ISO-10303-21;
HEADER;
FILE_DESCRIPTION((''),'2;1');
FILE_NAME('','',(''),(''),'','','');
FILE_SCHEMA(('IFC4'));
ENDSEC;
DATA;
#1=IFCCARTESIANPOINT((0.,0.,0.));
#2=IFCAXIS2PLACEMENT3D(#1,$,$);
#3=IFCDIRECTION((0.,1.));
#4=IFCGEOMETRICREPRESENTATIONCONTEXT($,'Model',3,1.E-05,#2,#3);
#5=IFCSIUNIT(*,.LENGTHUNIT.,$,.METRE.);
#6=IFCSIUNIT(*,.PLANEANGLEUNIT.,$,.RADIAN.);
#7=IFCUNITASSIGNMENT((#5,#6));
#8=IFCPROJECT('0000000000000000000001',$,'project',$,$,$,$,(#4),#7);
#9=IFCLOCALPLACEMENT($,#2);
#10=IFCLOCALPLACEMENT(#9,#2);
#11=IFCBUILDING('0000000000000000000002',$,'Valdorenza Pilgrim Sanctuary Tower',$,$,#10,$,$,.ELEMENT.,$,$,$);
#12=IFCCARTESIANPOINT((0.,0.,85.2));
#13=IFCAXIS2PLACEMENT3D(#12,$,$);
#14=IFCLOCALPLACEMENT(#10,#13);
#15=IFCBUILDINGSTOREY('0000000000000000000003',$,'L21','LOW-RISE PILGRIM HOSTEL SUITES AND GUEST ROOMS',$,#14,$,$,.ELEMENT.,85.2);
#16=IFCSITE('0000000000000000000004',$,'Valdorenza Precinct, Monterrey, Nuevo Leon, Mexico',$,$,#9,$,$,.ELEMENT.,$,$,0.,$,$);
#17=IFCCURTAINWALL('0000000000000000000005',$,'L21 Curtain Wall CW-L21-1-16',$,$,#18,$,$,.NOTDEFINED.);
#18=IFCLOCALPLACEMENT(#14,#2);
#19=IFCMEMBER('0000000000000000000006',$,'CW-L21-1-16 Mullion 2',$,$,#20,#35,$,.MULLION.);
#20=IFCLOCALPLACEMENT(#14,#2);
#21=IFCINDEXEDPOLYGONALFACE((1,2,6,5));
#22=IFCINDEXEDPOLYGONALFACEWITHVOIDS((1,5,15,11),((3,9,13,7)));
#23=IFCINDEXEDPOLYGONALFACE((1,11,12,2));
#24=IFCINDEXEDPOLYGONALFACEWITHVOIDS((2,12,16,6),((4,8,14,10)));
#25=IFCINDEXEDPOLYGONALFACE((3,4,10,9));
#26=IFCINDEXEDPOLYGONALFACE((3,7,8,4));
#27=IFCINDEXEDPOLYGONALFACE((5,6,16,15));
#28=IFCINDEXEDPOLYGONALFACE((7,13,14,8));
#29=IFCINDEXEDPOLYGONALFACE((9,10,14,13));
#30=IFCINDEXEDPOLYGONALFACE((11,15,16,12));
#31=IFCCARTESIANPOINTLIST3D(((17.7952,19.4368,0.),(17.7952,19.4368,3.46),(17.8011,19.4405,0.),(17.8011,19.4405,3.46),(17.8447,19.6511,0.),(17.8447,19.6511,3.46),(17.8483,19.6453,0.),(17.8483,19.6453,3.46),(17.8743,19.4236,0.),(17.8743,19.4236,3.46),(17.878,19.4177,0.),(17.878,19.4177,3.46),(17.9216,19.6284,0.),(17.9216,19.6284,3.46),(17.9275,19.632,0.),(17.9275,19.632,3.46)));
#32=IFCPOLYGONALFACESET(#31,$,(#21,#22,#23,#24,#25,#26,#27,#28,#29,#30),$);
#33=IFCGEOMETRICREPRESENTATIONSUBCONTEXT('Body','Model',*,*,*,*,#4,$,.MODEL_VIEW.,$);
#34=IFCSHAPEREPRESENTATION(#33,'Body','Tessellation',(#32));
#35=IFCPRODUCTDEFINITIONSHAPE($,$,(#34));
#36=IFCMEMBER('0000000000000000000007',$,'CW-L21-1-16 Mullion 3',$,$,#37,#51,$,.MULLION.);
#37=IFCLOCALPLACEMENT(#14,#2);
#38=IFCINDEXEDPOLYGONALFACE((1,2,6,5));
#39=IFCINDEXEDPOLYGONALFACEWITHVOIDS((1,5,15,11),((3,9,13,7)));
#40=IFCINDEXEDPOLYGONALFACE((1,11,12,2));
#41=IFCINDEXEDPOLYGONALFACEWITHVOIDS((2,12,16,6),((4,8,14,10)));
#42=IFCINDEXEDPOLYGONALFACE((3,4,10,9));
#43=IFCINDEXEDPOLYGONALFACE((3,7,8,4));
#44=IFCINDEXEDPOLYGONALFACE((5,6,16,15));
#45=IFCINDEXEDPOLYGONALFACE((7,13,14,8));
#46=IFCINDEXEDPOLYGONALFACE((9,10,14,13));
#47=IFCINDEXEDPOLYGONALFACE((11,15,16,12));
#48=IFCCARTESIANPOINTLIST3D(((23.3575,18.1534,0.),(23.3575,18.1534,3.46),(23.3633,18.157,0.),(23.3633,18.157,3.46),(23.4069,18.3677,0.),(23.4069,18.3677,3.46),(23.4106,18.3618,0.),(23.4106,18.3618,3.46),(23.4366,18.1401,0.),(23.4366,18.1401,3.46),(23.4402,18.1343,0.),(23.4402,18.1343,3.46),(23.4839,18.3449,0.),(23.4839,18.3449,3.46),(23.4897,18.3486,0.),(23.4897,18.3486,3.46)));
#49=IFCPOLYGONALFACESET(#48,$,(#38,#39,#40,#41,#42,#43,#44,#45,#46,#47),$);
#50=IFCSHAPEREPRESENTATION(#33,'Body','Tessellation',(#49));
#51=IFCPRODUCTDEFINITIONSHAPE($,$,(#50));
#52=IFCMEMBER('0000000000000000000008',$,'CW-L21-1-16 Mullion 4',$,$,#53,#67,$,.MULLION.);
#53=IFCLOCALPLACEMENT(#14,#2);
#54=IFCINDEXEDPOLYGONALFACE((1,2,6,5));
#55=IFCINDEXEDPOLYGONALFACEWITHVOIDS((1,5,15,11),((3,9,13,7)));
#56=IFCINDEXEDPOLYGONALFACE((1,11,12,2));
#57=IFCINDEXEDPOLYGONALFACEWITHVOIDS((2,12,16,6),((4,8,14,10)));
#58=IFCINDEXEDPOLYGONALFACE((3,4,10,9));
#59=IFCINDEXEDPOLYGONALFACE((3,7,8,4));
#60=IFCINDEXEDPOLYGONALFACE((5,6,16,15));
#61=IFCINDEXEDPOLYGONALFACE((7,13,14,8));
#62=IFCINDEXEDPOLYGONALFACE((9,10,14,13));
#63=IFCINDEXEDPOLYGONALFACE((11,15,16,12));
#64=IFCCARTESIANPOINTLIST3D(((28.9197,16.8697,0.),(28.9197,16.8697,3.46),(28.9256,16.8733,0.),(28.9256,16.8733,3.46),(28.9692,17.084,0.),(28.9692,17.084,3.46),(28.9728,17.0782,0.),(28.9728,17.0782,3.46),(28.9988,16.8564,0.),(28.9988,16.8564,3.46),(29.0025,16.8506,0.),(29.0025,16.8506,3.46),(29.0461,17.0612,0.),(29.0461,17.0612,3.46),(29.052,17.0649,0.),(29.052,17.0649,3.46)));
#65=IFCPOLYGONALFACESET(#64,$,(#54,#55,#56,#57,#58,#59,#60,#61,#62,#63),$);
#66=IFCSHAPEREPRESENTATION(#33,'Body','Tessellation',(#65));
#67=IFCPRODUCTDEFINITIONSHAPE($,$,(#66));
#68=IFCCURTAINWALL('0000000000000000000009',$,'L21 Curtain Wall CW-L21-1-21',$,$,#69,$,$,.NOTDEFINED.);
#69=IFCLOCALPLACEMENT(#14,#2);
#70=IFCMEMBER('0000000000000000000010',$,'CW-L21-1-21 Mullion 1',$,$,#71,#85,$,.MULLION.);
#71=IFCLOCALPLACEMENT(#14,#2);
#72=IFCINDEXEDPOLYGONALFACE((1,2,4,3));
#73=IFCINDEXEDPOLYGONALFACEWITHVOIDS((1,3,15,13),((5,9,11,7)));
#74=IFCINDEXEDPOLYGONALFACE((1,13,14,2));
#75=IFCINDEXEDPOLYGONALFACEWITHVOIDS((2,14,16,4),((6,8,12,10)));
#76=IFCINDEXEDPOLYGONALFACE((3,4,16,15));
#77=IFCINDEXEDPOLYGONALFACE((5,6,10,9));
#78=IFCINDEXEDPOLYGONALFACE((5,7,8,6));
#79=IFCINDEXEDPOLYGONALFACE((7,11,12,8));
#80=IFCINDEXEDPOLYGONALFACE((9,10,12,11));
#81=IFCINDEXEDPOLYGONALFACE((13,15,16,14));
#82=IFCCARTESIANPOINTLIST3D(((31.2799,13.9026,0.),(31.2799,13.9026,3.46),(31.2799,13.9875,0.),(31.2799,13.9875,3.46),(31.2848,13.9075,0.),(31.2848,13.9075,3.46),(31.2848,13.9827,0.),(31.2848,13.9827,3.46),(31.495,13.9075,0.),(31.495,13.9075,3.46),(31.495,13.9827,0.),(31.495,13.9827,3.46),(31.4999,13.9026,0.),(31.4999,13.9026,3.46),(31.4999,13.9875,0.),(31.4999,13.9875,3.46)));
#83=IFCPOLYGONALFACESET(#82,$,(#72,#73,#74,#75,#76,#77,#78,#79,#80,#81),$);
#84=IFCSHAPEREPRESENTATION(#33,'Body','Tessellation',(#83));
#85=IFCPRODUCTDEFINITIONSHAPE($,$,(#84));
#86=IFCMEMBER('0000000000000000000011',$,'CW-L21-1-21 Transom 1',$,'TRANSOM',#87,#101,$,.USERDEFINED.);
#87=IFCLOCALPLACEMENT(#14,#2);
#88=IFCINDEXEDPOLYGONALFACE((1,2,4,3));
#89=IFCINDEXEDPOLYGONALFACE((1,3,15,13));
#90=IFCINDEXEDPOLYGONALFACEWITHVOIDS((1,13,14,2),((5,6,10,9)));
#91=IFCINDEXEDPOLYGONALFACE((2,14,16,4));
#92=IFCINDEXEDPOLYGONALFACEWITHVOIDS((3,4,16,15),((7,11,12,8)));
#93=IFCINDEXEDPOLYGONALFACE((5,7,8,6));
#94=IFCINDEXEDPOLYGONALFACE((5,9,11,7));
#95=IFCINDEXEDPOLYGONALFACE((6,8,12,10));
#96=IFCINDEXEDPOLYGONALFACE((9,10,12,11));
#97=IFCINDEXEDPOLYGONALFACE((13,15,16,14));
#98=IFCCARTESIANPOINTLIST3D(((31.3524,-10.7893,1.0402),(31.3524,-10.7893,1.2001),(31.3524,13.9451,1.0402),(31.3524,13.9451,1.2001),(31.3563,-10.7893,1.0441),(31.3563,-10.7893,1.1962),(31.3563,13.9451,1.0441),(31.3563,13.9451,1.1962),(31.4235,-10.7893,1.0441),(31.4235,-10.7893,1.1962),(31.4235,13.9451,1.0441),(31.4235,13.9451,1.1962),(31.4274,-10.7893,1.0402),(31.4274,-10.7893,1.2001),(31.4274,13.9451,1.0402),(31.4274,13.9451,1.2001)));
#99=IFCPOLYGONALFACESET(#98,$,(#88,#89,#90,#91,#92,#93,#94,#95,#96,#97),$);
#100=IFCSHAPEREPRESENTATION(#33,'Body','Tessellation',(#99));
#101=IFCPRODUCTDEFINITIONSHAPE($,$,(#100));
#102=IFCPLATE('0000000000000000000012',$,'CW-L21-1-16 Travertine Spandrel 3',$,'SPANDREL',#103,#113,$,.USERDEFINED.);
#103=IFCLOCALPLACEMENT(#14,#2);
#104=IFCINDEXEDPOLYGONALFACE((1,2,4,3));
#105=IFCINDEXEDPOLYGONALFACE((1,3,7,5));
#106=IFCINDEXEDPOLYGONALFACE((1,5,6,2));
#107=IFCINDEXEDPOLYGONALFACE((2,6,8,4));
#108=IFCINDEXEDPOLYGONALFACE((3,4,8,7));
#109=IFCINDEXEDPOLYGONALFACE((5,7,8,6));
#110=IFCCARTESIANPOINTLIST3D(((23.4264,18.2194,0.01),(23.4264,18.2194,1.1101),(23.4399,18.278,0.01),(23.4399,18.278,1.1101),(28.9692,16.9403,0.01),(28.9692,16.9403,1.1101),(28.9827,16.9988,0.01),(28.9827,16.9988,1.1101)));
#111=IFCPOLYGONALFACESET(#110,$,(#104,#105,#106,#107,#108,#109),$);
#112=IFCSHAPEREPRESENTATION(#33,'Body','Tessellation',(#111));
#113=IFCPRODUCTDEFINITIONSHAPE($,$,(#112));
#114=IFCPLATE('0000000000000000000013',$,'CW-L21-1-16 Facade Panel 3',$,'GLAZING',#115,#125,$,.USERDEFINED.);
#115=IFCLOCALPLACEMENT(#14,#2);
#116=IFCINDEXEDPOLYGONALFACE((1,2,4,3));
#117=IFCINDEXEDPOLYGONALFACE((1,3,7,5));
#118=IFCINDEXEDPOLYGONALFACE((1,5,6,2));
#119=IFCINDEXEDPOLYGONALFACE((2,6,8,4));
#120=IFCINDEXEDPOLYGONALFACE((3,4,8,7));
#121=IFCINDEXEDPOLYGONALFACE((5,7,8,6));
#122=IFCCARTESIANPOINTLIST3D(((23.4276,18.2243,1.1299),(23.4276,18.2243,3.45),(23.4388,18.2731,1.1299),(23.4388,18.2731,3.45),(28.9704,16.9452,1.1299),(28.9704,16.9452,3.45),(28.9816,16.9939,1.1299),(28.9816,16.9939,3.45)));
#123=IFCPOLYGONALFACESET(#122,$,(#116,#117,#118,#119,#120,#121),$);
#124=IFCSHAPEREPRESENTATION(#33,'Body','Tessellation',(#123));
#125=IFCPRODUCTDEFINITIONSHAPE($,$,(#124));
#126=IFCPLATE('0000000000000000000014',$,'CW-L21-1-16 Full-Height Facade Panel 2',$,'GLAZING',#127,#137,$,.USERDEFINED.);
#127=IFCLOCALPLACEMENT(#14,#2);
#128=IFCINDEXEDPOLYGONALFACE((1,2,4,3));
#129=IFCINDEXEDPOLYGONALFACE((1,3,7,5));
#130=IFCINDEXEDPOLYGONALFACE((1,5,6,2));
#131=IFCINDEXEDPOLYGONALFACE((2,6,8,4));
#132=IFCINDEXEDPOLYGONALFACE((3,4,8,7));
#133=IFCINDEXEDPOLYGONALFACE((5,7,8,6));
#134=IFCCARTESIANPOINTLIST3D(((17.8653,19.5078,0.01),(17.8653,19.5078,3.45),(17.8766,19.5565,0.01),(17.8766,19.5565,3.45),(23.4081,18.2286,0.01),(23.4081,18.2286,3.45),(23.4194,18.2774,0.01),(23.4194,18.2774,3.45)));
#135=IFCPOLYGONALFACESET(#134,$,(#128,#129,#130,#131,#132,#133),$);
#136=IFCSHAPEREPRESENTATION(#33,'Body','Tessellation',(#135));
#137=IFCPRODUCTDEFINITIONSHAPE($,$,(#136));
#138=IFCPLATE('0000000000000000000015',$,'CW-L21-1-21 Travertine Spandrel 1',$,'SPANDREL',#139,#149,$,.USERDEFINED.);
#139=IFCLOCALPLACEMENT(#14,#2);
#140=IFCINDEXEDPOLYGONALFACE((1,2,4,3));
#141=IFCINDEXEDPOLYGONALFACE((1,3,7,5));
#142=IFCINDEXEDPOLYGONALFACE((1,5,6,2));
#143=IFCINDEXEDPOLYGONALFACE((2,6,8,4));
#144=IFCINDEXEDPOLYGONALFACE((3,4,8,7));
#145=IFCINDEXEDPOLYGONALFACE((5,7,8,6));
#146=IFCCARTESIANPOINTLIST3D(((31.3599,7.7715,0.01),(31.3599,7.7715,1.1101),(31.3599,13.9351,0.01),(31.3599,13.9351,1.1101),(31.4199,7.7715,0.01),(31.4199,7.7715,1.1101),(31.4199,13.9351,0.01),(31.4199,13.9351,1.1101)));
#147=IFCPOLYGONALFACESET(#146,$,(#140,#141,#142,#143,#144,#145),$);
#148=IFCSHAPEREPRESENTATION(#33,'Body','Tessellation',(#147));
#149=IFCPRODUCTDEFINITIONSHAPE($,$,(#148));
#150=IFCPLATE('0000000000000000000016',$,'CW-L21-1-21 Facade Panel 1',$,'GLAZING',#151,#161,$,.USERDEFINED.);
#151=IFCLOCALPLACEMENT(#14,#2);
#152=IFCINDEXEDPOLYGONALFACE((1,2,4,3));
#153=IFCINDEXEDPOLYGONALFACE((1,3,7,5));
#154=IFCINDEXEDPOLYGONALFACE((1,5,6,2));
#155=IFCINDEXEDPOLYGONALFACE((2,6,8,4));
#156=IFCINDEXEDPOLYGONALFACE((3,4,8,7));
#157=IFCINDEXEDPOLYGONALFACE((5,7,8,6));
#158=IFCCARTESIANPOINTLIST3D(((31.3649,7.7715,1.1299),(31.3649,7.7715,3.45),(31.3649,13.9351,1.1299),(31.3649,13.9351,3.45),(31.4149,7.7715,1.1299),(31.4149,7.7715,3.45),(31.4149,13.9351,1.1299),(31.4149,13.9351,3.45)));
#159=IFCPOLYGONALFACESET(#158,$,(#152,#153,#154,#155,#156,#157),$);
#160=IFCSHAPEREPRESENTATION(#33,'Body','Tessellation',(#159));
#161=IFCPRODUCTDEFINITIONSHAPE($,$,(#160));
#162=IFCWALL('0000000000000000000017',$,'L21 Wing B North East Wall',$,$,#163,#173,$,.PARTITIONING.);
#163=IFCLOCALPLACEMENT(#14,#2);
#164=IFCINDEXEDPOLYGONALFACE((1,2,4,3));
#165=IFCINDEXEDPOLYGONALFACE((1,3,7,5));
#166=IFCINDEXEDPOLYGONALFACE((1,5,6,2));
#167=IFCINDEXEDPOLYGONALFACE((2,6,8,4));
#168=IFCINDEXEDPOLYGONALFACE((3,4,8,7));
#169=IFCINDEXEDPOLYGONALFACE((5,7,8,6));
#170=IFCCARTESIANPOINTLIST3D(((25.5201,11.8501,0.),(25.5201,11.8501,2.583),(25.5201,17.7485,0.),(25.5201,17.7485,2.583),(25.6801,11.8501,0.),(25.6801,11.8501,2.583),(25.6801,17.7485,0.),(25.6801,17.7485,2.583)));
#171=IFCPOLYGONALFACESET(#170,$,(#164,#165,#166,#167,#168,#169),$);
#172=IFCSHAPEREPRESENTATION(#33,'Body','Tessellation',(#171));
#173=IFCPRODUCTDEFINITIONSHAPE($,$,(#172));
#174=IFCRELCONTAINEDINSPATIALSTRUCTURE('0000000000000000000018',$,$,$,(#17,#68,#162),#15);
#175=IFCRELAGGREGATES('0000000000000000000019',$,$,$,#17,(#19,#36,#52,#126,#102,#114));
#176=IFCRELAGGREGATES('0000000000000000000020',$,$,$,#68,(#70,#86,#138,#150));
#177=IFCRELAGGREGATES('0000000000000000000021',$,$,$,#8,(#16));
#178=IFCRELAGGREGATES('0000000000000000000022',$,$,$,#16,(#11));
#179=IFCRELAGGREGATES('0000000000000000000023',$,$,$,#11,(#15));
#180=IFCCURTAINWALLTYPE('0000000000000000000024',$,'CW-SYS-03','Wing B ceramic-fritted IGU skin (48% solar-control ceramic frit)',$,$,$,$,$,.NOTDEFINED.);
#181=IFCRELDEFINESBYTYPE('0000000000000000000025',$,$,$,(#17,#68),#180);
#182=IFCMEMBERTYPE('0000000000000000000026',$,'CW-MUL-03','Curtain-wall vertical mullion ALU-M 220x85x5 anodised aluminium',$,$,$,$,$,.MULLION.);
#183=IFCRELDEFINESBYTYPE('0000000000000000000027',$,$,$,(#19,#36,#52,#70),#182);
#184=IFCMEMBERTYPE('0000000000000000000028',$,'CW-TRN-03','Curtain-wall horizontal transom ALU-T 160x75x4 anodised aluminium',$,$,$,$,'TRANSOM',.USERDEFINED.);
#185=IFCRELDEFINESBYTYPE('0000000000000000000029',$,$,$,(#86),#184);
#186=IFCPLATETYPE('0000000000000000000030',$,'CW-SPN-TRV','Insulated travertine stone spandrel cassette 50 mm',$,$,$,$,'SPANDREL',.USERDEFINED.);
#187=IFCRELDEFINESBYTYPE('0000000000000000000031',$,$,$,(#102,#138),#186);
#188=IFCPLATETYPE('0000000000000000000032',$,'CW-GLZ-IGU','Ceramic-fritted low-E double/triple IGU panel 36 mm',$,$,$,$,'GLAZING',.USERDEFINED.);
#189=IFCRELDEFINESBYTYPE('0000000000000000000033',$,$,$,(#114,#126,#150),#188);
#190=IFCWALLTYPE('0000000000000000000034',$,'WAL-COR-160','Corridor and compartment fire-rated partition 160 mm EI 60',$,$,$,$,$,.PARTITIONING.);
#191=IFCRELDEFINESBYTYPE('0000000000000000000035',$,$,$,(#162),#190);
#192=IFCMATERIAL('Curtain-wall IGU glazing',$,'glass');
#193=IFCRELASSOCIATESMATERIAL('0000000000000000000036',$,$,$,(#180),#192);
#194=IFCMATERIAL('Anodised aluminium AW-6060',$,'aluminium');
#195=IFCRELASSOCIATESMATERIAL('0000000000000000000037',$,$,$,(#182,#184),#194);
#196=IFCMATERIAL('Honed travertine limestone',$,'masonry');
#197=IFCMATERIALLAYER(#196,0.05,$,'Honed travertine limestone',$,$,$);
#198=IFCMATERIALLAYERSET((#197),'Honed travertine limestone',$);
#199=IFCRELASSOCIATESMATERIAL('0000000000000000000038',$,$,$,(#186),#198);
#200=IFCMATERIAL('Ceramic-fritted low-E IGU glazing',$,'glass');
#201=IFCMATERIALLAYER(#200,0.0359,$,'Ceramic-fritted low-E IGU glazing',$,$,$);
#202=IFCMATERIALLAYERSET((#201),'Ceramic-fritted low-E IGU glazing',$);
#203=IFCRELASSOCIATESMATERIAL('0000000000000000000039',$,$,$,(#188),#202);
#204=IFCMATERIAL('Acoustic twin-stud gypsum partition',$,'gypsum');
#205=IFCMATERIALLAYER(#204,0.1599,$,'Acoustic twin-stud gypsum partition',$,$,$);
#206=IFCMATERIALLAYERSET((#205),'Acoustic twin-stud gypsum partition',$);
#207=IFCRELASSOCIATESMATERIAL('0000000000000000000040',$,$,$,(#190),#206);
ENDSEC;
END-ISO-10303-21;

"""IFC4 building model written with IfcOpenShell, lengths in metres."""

from ifc_helpers import new_model, si_unit, direction, frame, frame_2d, origin, origin_2d, place, context, subcontext, project, spatial, rectangle, hollow_rectangle, extrude, source, transform, mapped, material, layer, layer_set, material_profile, profile_set, type_object, element, aggregate, save


model = new_model("IFC4")

# Units and contexts
model_context = context("Model", 3, precision=1e-05, world=origin(), true_north=direction((0.0, 1.0)))
body_context = subcontext(model_context, "Body", "Model", "MODEL_VIEW")
ifc_project = project(units=[si_unit("LENGTHUNIT", "METRE"), si_unit("PLANEANGLEUNIT", "RADIAN")], contexts=[model_context])

# Site, building, storey
site_placement = place(None, origin())
site = spatial("IfcSite", under=ifc_project, at=site_placement, Name="Valdorenza Precinct, Monterrey, Nuevo Leon, Mexico", CompositionType="ELEMENT", RefElevation=0.0)
building_placement = place(site_placement, origin())
building = spatial("IfcBuilding", under=site, at=building_placement, Name="Valdorenza Pilgrim Sanctuary Tower", CompositionType="ELEMENT")
storey_placement = place(building_placement, frame((0.0, 0.0, 85.2)))
storey = spatial("IfcBuildingStorey", under=building, at=storey_placement, Name="L21", Description="LOW-RISE PILGRIM HOSTEL SUITES AND GUEST ROOMS", CompositionType="ELEMENT", Elevation=85.2)

# Curtain walls, members
ifc_material_1 = material(Name="Curtain-wall IGU glazing", Category="glass")
curtain_wall_type = type_object("IfcCurtainWallType", Name="CW-SYS-03", Description="Wing B ceramic-fritted IGU skin (48% solar-control ceramic frit)", PredefinedType="NOTDEFINED", material=ifc_material_1)
curtain_wall_1_placement = place(storey_placement, origin())
curtain_wall_1 = element("IfcCurtainWall", 1, at=curtain_wall_1_placement, inside=storey, type_object=curtain_wall_type, Name="L21 Curtain Wall CW-L21-1-16", PredefinedType="NOTDEFINED")
ifc_material_2 = material(Name="Anodised aluminium AW-6060", Category="aluminium")
ifc_material_profile_1 = material_profile(ifc_material_2, hollow_rectangle(XDim=0.085, YDim=0.22, WallThickness=0.0049, at=origin_2d()), Name="ALU-M 220x85x5")
ifc_profile_set_1 = profile_set([ifc_material_profile_1], Name="Anodised aluminium AW-6060")
member_type_1 = type_object("IfcMemberType", Name="CW-MUL-03", Description="Curtain-wall vertical mullion ALU-M 220x85x5 anodised aluminium", PredefinedType="MULLION", material=ifc_profile_set_1)
shared_shape_1 = source(origin(), body_context, "Body", "SweptSolid", [
    extrude(hollow_rectangle(XDim=0.085, YDim=0.22, WallThickness=0.0049, at=origin_2d()), origin(), (0.0, 0.0, 1.0), 3.46),
])
member_1_placement = place(storey_placement, frame((17.8613, 19.5344, 0.0), z_axis=(0.0, 0.0, 1.0), x_axis=(0.97439, -0.224866, 0.0)))
member_1 = element("IfcMember", 2, at=member_1_placement, type_object=member_type_1, Name="CW-L21-1-16 Mullion 2", PredefinedType="MULLION", context=body_context, shape_type="MappedRepresentation", body=[
    mapped(shared_shape_1, transform((0.0, 0.0, 0.0), x_axis=(1.0, 0.0, 0.0), y_axis=(0.0, 1.0, 0.0), z_axis=(0.0, 0.0, 1.0), scale=1.0)),
])
member_2_placement = place(storey_placement, frame((23.4236, 18.251, 0.0), z_axis=(0.0, 0.0, 1.0), x_axis=(0.97439, -0.224866, 0.0)))
member_2 = element("IfcMember", 3, at=member_2_placement, type_object=member_type_1, Name="CW-L21-1-16 Mullion 3", PredefinedType="MULLION", context=body_context, shape_type="MappedRepresentation", body=[
    mapped(shared_shape_1, transform((0.0, 0.0, 0.0), x_axis=(1.0, 0.0, 0.0), y_axis=(0.0, 1.0, 0.0), z_axis=(0.0, 0.0, 1.0), scale=1.0)),
])
member_3_placement = place(storey_placement, frame((28.9858, 16.9673, 0.0), z_axis=(0.0, 0.0, 1.0), x_axis=(0.97439, -0.224866, 0.0)))
member_3 = element("IfcMember", 4, at=member_3_placement, type_object=member_type_1, Name="CW-L21-1-16 Mullion 4", PredefinedType="MULLION", context=body_context, shape_type="MappedRepresentation", body=[
    mapped(shared_shape_1, transform((0.0, 0.0, 0.0), x_axis=(1.0, 0.0, 0.0), y_axis=(0.0, 1.0, 0.0), z_axis=(0.0, 0.0, 1.0), scale=1.0)),
])
curtain_wall_2_placement = place(storey_placement, origin())
curtain_wall_2 = element("IfcCurtainWall", 5, at=curtain_wall_2_placement, inside=storey, type_object=curtain_wall_type, Name="L21 Curtain Wall CW-L21-1-21", PredefinedType="NOTDEFINED")
member_4_placement = place(storey_placement, frame((31.3899, 13.9451, 0.0), z_axis=(0.0, 0.0, 1.0), x_axis=(0.0, -1.0, 0.0)))
member_4 = element("IfcMember", 6, at=member_4_placement, type_object=member_type_1, Name="CW-L21-1-21 Mullion 1", PredefinedType="MULLION", context=body_context, shape_type="MappedRepresentation", body=[
    mapped(shared_shape_1, transform((0.0, 0.0, 0.0), x_axis=(1.0, 0.0, 0.0), y_axis=(0.0, 1.0, 0.0), z_axis=(0.0, 0.0, 1.0), scale=1.0)),
])
ifc_material_profile_2 = material_profile(ifc_material_2, hollow_rectangle(XDim=0.075, YDim=0.1599, WallThickness=0.0039, at=origin_2d()), Name="ALU-T 160x75x4")
ifc_profile_set_2 = profile_set([ifc_material_profile_2], Name="Anodised aluminium AW-6060")
member_type_2 = type_object("IfcMemberType", Name="CW-TRN-03", Description="Curtain-wall horizontal transom ALU-T 160x75x4 anodised aluminium", ElementType="TRANSOM", PredefinedType="USERDEFINED", material=ifc_profile_set_2)
shared_shape_2 = source(origin(), body_context, "Body", "SweptSolid", [
    extrude(hollow_rectangle(XDim=0.075, YDim=0.1599, WallThickness=0.0039, at=origin_2d()), origin(), (0.0, 0.0, 1.0), 24.7344),
])
member_5_placement = place(storey_placement, frame((31.3899, 13.9451, 1.1201), z_axis=(0.0, -1.0, 0.0), x_axis=(1.0, 0.0, 0.0)))
member_5 = element("IfcMember", 7, at=member_5_placement, type_object=member_type_2, Name="CW-L21-1-21 Transom 1", ObjectType="TRANSOM", PredefinedType="USERDEFINED", context=body_context, shape_type="MappedRepresentation", body=[
    mapped(shared_shape_2, transform((0.0, 0.0, 0.0), x_axis=(1.0, 0.0, 0.0), y_axis=(0.0, 1.0, 0.0), z_axis=(0.0, 0.0, 1.0), scale=1.0)),
])

# Plates
ifc_material_3 = material(Name="Honed travertine limestone", Category="masonry")
ifc_layer_1 = layer(ifc_material_3, 0.05, Name="Honed travertine limestone")
ifc_layer_set_1 = layer_set([ifc_layer_1], Name="Honed travertine limestone")
plate_type_1 = type_object("IfcPlateType", Name="CW-SPN-TRV", Description="Insulated travertine stone spandrel cassette 50 mm", ElementType="SPANDREL", PredefinedType="USERDEFINED", material=ifc_layer_set_1)
shared_shape_3 = source(origin(), body_context, "Body", "SweptSolid", [
    extrude(rectangle(XDim=5.6885, YDim=0.0601, at=origin_2d()), origin(), (0.0, 0.0, 1.0), 1.1001),
])
plate_1_placement = place(storey_placement, frame((26.2046, 17.6091, 0.01), z_axis=(0.0, 0.0, 1.0), x_axis=(0.97439, -0.224866, 0.0)))
plate_1 = element("IfcPlate", 8, at=plate_1_placement, type_object=plate_type_1, Name="CW-L21-1-16 Travertine Spandrel 3", ObjectType="SPANDREL", PredefinedType="USERDEFINED", context=body_context, shape_type="MappedRepresentation", body=[
    mapped(shared_shape_3, transform((0.0, 0.0, 0.0), x_axis=(1.0, 0.0, 0.0), y_axis=(0.0, 1.0, 0.0), z_axis=(0.0, 0.0, 1.0), scale=1.0)),
])
ifc_material_4 = material(Name="Ceramic-fritted low-E IGU glazing", Category="glass")
ifc_layer_2 = layer(ifc_material_4, 0.0359, Name="Ceramic-fritted low-E IGU glazing")
ifc_layer_set_2 = layer_set([ifc_layer_2], Name="Ceramic-fritted low-E IGU glazing")
plate_type_2 = type_object("IfcPlateType", Name="CW-GLZ-IGU", Description="Ceramic-fritted low-E double/triple IGU panel 36 mm", ElementType="GLAZING", PredefinedType="USERDEFINED", material=ifc_layer_set_2)
shared_shape_4 = source(origin(), body_context, "Body", "SweptSolid", [
    extrude(rectangle(XDim=5.6885, YDim=0.05, at=origin_2d()), origin(), (0.0, 0.0, 1.0), 2.3201),
])
plate_2_placement = place(storey_placement, frame((26.2046, 17.6091, 1.1299), z_axis=(0.0, 0.0, 1.0), x_axis=(0.97439, -0.224866, 0.0)))
plate_2 = element("IfcPlate", 9, at=plate_2_placement, type_object=plate_type_2, Name="CW-L21-1-16 Facade Panel 3", ObjectType="GLAZING", PredefinedType="USERDEFINED", context=body_context, shape_type="MappedRepresentation", body=[
    mapped(shared_shape_4, transform((0.0, 0.0, 0.0), x_axis=(1.0, 0.0, 0.0), y_axis=(0.0, 1.0, 0.0), z_axis=(0.0, 0.0, 1.0), scale=1.0)),
])
shared_shape_5 = source(origin(), body_context, "Body", "SweptSolid", [
    extrude(rectangle(XDim=5.6885, YDim=0.05, at=origin_2d()), origin(), (0.0, 0.0, 1.0), 3.4399),
])
plate_3_placement = place(storey_placement, frame((20.6423, 18.8926, 0.01), z_axis=(0.0, 0.0, 1.0), x_axis=(0.97439, -0.224866, 0.0)))
plate_3 = element("IfcPlate", 10, at=plate_3_placement, type_object=plate_type_2, Name="CW-L21-1-16 Full-Height Facade Panel 2", ObjectType="GLAZING", PredefinedType="USERDEFINED", context=body_context, shape_type="MappedRepresentation", body=[
    mapped(shared_shape_5, transform((0.0, 0.0, 0.0), x_axis=(1.0, 0.0, 0.0), y_axis=(0.0, 1.0, 0.0), z_axis=(0.0, 0.0, 1.0), scale=1.0)),
])
aggregate(curtain_wall_1, [member_1, member_2, member_3, plate_3, plate_1, plate_2])
shared_shape_6 = source(origin(), body_context, "Body", "SweptSolid", [
    extrude(rectangle(XDim=6.1636, YDim=0.0601, at=origin_2d()), origin(), (0.0, 0.0, 1.0), 1.1001),
])
plate_4_placement = place(storey_placement, frame((31.3899, 10.8533, 0.01), z_axis=(0.0, 0.0, 1.0), x_axis=(0.0, -1.0, 0.0)))
plate_4 = element("IfcPlate", 11, at=plate_4_placement, type_object=plate_type_1, Name="CW-L21-1-21 Travertine Spandrel 1", ObjectType="SPANDREL", PredefinedType="USERDEFINED", context=body_context, shape_type="MappedRepresentation", body=[
    mapped(shared_shape_6, transform((0.0, 0.0, 0.0), x_axis=(1.0, 0.0, 0.0), y_axis=(0.0, 1.0, 0.0), z_axis=(0.0, 0.0, 1.0), scale=1.0)),
])
shared_shape_7 = source(origin(), body_context, "Body", "SweptSolid", [
    extrude(rectangle(XDim=6.1636, YDim=0.05, at=origin_2d()), origin(), (0.0, 0.0, 1.0), 2.3201),
])
plate_5_placement = place(storey_placement, frame((31.3899, 10.8533, 1.1299), z_axis=(0.0, 0.0, 1.0), x_axis=(0.0, -1.0, 0.0)))
plate_5 = element("IfcPlate", 12, at=plate_5_placement, type_object=plate_type_2, Name="CW-L21-1-21 Facade Panel 1", ObjectType="GLAZING", PredefinedType="USERDEFINED", context=body_context, shape_type="MappedRepresentation", body=[
    mapped(shared_shape_7, transform((0.0, 0.0, 0.0), x_axis=(1.0, 0.0, 0.0), y_axis=(0.0, 1.0, 0.0), z_axis=(0.0, 0.0, 1.0), scale=1.0)),
])
aggregate(curtain_wall_2, [member_4, member_5, plate_4, plate_5])

# Wall
ifc_material_5 = material(Name="Acoustic twin-stud gypsum partition", Category="gypsum")
ifc_layer_3 = layer(ifc_material_5, 0.1599, Name="Acoustic twin-stud gypsum partition")
ifc_layer_set_3 = layer_set([ifc_layer_3], Name="Acoustic twin-stud gypsum partition")
wall_type_1 = type_object("IfcWallType", Name="WAL-COR-160", Description="Corridor and compartment fire-rated partition 160 mm EI 60", PredefinedType="PARTITIONING", material=ifc_layer_set_3)
wall_1_placement = place(storey_placement, frame((25.6001, 11.8501, 0.0), z_axis=(0.0, 0.0, 1.0), x_axis=(0.0, 1.0, 0.0)))
element("IfcWall", 13, at=wall_1_placement, inside=storey, type_object=wall_type_1, Name="L21 Wing B North East Wall", PredefinedType="PARTITIONING", context=body_context, shape_type="SweptSolid", body=[
    extrude(rectangle(XDim=5.8984, YDim=0.1599, at=frame_2d((2.9492, 0.0))), origin(), (0.0, 0.0, 1.0), 2.583),
])

save(model, "model.ifc")
